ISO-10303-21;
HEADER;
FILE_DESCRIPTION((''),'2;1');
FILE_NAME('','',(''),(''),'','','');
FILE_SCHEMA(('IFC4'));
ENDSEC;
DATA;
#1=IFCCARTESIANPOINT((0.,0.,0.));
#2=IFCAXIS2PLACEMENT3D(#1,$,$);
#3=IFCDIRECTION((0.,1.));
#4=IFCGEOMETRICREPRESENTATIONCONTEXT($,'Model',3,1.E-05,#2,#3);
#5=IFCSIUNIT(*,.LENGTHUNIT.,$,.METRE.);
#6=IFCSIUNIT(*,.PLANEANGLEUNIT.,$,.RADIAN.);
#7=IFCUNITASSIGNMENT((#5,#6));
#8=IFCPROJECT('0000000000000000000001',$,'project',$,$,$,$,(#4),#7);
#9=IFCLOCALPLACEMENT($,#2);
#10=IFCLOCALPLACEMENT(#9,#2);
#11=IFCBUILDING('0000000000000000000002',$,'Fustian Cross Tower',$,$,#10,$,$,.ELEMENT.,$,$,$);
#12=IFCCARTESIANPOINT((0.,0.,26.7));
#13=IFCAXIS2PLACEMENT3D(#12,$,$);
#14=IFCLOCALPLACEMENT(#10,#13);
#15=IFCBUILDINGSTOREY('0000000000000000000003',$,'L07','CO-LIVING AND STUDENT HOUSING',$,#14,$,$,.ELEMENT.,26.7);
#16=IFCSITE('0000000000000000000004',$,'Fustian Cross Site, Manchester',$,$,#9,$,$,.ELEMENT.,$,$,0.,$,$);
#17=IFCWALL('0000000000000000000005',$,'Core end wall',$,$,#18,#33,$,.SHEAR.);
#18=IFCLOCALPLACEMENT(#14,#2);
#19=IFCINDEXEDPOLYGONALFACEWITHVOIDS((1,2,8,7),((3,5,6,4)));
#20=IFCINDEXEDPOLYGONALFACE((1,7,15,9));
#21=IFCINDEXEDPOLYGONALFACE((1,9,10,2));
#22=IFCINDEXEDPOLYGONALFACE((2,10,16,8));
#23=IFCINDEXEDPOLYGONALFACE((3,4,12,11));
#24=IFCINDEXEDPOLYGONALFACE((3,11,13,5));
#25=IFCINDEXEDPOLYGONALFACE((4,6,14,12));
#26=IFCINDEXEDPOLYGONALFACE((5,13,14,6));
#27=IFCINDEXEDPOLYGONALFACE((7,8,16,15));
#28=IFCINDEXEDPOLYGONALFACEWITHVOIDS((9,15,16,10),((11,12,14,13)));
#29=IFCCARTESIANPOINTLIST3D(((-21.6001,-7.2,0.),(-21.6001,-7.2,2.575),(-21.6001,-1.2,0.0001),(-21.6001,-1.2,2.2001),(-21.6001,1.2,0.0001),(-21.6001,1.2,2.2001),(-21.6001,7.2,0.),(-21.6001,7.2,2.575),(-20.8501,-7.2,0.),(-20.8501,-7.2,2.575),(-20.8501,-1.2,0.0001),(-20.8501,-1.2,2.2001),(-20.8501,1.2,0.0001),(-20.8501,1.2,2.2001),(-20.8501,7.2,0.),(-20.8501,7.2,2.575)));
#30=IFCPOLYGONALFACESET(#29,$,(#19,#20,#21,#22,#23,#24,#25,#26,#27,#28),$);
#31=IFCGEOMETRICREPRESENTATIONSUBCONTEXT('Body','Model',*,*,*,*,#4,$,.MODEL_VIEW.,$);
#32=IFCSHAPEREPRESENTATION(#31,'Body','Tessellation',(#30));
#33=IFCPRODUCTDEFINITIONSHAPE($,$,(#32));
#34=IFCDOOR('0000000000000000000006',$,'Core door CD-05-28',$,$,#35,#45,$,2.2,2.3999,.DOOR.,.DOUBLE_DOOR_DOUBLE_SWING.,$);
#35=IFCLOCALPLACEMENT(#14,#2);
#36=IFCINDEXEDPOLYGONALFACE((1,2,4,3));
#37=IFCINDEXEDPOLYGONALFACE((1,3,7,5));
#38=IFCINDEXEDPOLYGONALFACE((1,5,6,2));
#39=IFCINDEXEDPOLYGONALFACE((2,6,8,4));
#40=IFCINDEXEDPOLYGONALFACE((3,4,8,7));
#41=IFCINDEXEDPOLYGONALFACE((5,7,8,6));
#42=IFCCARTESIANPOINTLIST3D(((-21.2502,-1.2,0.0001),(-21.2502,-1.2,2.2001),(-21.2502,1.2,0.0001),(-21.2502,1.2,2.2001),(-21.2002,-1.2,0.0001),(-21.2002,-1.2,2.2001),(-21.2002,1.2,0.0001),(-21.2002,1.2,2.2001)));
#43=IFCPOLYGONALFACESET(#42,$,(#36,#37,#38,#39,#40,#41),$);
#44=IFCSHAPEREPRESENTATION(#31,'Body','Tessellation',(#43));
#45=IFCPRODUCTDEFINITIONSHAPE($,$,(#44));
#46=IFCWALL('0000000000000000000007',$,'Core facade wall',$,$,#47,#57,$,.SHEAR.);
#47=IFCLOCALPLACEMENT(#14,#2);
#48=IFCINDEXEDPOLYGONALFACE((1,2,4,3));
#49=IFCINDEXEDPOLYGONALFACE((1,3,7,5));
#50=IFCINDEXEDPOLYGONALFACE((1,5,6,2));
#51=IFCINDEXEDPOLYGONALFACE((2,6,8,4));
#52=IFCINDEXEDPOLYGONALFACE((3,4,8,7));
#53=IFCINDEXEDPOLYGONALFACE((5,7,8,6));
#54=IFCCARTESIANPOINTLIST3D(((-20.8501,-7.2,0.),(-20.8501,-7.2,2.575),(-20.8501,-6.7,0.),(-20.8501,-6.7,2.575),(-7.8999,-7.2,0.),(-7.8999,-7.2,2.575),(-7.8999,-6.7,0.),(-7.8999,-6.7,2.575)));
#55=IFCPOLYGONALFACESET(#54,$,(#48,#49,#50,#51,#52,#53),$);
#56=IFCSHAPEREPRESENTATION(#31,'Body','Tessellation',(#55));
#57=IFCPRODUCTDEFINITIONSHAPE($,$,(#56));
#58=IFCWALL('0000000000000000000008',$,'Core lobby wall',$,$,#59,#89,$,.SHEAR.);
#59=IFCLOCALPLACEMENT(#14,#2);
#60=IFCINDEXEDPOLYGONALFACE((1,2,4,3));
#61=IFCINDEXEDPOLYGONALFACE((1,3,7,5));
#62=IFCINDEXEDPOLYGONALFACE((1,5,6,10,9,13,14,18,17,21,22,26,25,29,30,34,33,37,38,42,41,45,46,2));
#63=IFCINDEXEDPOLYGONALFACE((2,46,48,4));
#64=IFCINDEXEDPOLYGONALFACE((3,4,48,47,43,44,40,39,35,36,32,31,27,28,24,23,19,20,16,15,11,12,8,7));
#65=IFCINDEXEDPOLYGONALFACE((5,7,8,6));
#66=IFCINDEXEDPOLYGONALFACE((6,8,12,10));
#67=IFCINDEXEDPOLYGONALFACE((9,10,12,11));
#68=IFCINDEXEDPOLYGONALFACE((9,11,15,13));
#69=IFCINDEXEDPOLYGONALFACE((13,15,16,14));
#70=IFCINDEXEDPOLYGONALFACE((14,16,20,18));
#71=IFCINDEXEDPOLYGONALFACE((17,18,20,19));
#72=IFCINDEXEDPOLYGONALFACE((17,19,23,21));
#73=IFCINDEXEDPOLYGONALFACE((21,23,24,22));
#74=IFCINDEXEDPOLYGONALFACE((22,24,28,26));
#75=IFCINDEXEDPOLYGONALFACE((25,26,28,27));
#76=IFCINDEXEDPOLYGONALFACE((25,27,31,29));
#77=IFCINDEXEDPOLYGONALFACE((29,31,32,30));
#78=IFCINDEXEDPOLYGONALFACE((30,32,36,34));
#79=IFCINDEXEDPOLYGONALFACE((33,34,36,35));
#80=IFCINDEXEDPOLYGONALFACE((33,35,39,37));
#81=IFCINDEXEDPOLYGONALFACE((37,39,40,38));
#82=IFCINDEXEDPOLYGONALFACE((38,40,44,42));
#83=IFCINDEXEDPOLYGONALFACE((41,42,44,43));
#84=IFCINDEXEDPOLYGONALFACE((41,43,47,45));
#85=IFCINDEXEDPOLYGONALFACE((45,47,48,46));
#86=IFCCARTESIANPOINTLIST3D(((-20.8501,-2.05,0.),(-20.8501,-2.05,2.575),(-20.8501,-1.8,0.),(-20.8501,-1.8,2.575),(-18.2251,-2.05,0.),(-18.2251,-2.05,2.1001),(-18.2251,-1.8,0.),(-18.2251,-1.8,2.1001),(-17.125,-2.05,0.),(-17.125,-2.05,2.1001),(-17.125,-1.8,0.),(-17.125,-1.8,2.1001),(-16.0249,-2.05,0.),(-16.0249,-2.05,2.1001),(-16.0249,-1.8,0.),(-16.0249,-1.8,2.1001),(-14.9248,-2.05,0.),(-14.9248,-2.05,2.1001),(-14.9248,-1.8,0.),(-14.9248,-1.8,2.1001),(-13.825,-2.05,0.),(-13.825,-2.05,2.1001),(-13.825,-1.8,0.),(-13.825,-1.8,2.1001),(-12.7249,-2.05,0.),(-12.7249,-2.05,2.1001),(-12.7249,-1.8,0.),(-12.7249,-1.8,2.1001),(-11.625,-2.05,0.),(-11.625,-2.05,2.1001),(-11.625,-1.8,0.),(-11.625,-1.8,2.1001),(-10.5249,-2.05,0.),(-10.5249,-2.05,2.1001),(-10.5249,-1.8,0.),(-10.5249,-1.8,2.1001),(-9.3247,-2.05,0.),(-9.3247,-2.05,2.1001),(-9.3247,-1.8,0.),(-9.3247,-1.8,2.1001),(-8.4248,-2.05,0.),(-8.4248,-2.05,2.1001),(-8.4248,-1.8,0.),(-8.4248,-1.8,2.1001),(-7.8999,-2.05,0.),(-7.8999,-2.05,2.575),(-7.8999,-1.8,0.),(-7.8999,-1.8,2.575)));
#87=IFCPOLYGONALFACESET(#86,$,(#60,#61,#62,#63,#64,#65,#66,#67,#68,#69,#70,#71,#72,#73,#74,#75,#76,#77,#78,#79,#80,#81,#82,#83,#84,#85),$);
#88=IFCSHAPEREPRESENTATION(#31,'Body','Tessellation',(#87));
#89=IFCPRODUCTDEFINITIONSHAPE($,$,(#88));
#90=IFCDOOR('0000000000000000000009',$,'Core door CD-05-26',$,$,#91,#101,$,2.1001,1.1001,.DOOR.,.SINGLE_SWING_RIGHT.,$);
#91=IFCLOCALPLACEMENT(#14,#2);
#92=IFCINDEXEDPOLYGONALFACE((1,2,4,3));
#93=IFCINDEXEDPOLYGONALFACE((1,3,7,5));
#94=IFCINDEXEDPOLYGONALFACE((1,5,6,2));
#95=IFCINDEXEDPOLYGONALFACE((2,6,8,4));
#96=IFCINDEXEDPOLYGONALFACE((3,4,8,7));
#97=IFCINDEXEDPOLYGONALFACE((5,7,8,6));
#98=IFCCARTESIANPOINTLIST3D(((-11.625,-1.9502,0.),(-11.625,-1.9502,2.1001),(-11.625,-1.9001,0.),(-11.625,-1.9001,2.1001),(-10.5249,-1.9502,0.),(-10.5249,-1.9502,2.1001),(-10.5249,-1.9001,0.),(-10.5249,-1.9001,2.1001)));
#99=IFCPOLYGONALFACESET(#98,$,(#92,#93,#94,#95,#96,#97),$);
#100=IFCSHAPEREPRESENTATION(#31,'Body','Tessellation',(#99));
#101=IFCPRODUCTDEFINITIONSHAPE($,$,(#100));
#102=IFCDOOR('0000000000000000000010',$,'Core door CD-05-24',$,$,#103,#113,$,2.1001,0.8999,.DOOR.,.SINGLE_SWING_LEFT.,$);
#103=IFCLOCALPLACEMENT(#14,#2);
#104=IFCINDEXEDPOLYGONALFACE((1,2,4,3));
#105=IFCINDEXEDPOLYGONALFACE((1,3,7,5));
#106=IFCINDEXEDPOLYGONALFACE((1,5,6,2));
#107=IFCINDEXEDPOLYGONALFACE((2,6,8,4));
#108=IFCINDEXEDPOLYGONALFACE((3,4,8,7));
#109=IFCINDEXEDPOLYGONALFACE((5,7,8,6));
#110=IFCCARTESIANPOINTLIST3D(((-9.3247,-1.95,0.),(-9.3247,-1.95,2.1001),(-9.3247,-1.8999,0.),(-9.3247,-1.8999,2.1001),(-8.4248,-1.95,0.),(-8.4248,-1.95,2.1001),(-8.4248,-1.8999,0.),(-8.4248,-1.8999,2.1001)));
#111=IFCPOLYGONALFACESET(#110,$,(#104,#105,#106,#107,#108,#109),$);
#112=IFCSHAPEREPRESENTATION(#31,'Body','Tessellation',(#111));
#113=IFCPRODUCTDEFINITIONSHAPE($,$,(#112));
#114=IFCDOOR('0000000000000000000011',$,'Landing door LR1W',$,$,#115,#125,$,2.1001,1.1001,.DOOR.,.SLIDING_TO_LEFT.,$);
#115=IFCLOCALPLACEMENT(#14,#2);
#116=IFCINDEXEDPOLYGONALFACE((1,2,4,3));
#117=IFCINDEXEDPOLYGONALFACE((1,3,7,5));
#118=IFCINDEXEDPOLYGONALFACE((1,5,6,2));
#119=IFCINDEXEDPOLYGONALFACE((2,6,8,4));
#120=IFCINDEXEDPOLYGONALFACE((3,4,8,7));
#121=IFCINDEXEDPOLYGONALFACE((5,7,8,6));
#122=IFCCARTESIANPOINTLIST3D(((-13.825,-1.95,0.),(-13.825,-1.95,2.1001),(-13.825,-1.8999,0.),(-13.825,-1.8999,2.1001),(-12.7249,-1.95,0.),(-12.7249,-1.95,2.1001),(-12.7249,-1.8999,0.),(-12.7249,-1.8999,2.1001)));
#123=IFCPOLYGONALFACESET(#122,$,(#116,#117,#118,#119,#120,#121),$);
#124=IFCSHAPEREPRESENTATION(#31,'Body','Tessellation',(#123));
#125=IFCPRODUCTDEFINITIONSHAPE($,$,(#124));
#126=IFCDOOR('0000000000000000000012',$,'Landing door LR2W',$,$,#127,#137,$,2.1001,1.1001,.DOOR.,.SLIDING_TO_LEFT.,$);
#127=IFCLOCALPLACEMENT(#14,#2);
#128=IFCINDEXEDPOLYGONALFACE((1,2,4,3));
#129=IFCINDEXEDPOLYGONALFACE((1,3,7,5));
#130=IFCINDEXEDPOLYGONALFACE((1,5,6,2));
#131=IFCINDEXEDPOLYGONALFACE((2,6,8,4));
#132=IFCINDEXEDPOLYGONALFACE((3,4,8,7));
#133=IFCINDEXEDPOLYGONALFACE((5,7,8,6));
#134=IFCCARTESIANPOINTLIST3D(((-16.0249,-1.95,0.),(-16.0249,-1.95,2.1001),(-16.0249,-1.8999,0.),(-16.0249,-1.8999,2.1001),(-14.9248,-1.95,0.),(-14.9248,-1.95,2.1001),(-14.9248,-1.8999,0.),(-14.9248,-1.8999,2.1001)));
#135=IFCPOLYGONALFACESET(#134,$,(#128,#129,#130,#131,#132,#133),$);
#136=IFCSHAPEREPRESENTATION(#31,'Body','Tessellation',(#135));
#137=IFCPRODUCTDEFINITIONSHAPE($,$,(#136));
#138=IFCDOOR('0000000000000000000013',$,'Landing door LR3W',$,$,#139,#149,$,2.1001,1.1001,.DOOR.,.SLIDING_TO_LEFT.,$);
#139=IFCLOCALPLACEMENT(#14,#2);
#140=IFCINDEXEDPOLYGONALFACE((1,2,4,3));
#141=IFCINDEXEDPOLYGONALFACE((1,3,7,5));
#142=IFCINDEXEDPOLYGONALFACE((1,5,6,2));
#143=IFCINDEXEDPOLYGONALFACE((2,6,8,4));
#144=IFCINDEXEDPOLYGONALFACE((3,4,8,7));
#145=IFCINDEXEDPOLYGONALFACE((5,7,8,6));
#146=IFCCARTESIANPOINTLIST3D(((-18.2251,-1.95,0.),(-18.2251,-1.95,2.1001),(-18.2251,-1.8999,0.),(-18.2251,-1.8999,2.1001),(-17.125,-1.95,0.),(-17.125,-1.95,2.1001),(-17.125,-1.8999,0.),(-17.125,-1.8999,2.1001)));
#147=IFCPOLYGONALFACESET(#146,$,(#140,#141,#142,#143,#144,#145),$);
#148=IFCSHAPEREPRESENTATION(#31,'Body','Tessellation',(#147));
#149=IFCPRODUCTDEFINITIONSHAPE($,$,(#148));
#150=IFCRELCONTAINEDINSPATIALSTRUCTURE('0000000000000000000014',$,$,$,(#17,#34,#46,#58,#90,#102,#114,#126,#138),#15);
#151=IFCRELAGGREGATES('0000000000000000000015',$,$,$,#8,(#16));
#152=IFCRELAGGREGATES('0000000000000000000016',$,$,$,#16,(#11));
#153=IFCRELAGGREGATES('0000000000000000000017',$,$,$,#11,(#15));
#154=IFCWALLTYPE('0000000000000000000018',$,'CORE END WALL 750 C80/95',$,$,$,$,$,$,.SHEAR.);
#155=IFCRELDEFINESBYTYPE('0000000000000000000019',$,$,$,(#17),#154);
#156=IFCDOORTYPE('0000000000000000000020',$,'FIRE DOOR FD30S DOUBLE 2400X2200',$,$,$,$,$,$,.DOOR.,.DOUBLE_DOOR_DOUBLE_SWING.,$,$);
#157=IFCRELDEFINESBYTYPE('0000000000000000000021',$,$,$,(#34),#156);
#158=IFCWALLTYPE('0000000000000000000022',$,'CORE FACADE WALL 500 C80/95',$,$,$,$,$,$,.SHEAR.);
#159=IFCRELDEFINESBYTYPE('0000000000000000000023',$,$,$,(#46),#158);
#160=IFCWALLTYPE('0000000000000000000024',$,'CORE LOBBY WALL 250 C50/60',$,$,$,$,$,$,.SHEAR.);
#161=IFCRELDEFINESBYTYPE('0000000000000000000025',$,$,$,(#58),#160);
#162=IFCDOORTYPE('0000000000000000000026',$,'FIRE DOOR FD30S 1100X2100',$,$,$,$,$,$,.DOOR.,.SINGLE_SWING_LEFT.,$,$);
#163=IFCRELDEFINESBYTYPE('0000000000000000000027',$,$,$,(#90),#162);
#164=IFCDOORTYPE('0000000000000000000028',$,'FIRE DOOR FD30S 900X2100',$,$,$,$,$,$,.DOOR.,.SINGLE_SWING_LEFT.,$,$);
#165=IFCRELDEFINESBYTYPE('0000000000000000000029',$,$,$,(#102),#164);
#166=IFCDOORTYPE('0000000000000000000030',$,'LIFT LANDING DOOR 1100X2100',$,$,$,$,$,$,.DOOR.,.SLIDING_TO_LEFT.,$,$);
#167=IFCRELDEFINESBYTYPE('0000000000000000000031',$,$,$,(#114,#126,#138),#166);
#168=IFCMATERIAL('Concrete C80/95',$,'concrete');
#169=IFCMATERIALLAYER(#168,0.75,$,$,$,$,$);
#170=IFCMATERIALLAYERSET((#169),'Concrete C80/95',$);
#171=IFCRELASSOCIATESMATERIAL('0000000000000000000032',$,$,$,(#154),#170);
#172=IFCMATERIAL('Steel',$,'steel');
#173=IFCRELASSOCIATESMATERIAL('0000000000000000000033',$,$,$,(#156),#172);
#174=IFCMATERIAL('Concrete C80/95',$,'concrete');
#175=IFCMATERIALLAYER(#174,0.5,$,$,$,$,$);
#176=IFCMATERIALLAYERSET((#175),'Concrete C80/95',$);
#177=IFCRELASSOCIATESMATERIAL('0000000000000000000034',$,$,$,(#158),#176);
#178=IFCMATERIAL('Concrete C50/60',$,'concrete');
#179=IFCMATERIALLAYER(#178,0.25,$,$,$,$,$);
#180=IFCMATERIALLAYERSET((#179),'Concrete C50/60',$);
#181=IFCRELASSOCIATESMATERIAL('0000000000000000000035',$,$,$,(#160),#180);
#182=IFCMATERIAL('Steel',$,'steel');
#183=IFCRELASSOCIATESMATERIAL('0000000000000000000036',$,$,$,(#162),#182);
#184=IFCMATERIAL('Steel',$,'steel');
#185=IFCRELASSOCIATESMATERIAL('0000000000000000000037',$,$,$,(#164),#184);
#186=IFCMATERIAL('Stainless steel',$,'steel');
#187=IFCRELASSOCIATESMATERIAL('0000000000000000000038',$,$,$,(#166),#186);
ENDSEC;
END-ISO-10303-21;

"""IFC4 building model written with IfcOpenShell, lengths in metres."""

from ifc_helpers import new_model, si_unit, direction, frame, frame_2d, origin, place, context, subcontext, project, spatial, rectangle, extrude, material, layer, layer_set, type_object, element, fill, save


model = new_model("IFC4")

# Units and contexts
model_context = context("Model", 3, precision=1e-05, world=origin(), true_north=direction((0.0, 1.0)))
body_context = subcontext(model_context, "Body", "Model", "MODEL_VIEW")
ifc_project = project(units=[si_unit("LENGTHUNIT", "METRE"), si_unit("PLANEANGLEUNIT", "RADIAN")], contexts=[model_context])

# Site, building, storey
site_placement = place(None, origin())
site = spatial("IfcSite", under=ifc_project, at=site_placement, Name="Fustian Cross Site, Manchester", CompositionType="ELEMENT", RefElevation=0.0)
building_placement = place(site_placement, origin())
building = spatial("IfcBuilding", under=site, at=building_placement, Name="Fustian Cross Tower", CompositionType="ELEMENT")
storey_placement = place(building_placement, frame((0.0, 0.0, 26.7)))
storey = spatial("IfcBuildingStorey", under=building, at=storey_placement, Name="L07", Description="CO-LIVING AND STUDENT HOUSING", CompositionType="ELEMENT", Elevation=26.7)

# Wall, opening, door
ifc_material_1 = material(Name="Concrete C80/95", Category="concrete")
ifc_layer_1 = layer(ifc_material_1, 0.75)
ifc_layer_set_1 = layer_set([ifc_layer_1], Name="Concrete C80/95")
wall_type_1 = type_object("IfcWallType", Name="CORE END WALL 750 C80/95", PredefinedType="SHEAR", material=ifc_layer_set_1)
wall_1_placement = place(storey_placement, frame((-21.2251, -7.2, 0.0), z_axis=(0.0, 0.0, 1.0), x_axis=(0.0, 1.0, 0.0)))
wall_1 = element("IfcWall", 1, at=wall_1_placement, inside=storey, type_object=wall_type_1, Name="Core end wall", PredefinedType="SHEAR", context=body_context, shape_type="SweptSolid", body=[
    extrude(rectangle(XDim=14.3999, YDim=0.75, at=frame_2d((7.2, 0.0))), origin(), (0.0, 0.0, 1.0), 2.575),
])
opening_1_placement = place(wall_1_placement, frame((6.0, 0.0, 0.0)))
opening_1 = element("IfcOpeningElement", 2, at=opening_1_placement, cuts=wall_1, PredefinedType="OPENING", context=body_context, shape_type="SweptSolid", body=[
    extrude(rectangle(XDim=2.3999, YDim=2.2, at=frame_2d((1.2, 1.1001))), frame((0.0, 0.385, 0.0), z_axis=(0.0, -1.0, 0.0), x_axis=(1.0, 0.0, 0.0)), (0.0, 0.0, 1.0), 0.77),
])
ifc_material_2 = material(Name="Steel", Category="steel")
door_type_1 = type_object("IfcDoorType", Name="FIRE DOOR FD30S DOUBLE 2400X2200", OperationType="DOUBLE_DOOR_DOUBLE_SWING", PredefinedType="DOOR", material=ifc_material_2)
door_1_placement = place(opening_1_placement, frame((2.3999, 0.0, 0.0), z_axis=(0.0, 0.0, 1.0), x_axis=(-1.0, 0.0, 0.0)))
door_1 = element("IfcDoor", 3, at=door_1_placement, inside=storey, type_object=door_type_1, Name="Core door CD-05-28", OperationType="DOUBLE_DOOR_DOUBLE_SWING", OverallHeight=2.2, OverallWidth=2.3999, PredefinedType="DOOR", context=body_context, shape_type="SweptSolid", body=[
    extrude(rectangle(XDim=2.3999, YDim=2.2, at=frame_2d((1.2, 1.1001))), frame((0.0, 0.0249, 0.0), z_axis=(0.0, -1.0, 0.0), x_axis=(1.0, 0.0, 0.0)), (0.0, 0.0, 1.0), 0.05),
])
fill(opening_1, door_1)

# Wall
ifc_material_3 = material(Name="Concrete C80/95", Category="concrete")
ifc_layer_2 = layer(ifc_material_3, 0.5)
ifc_layer_set_2 = layer_set([ifc_layer_2], Name="Concrete C80/95")
wall_type_2 = type_object("IfcWallType", Name="CORE FACADE WALL 500 C80/95", PredefinedType="SHEAR", material=ifc_layer_set_2)
wall_2_placement = place(storey_placement, frame((-7.8999, -6.95, 0.0), z_axis=(0.0, 0.0, 1.0), x_axis=(-1.0, 0.0, 0.0)))
element("IfcWall", 4, at=wall_2_placement, inside=storey, type_object=wall_type_2, Name="Core facade wall", PredefinedType="SHEAR", context=body_context, shape_type="SweptSolid", body=[
    extrude(rectangle(XDim=12.9502, YDim=0.5, at=frame_2d((6.4751, 0.0))), origin(), (0.0, 0.0, 1.0), 2.575),
])

# Wall, openings, doors
ifc_material_4 = material(Name="Concrete C50/60", Category="concrete")
ifc_layer_3 = layer(ifc_material_4, 0.25)
ifc_layer_set_3 = layer_set([ifc_layer_3], Name="Concrete C50/60")
wall_type_3 = type_object("IfcWallType", Name="CORE LOBBY WALL 250 C50/60", PredefinedType="SHEAR", material=ifc_layer_set_3)
wall_3_placement = place(storey_placement, frame((-7.8999, -1.925, 0.0), z_axis=(0.0, 0.0, 1.0), x_axis=(-1.0, 0.0, 0.0)))
wall_3 = element("IfcWall", 5, at=wall_3_placement, inside=storey, type_object=wall_type_3, Name="Core lobby wall", PredefinedType="SHEAR", context=body_context, shape_type="SweptSolid", body=[
    extrude(rectangle(XDim=12.9502, YDim=0.25, at=frame_2d((6.4751, 0.0))), origin(), (0.0, 0.0, 1.0), 2.575),
])
opening_2_placement = place(wall_3_placement, frame((4.825, 0.0, 0.0)))
opening_2 = element("IfcOpeningElement", 6, at=opening_2_placement, cuts=wall_3, PredefinedType="OPENING", context=body_context, shape_type="SweptSolid", body=[
    extrude(rectangle(XDim=1.1001, YDim=2.1001, at=frame_2d((0.55, 1.05))), frame((0.0, 0.135, 0.0), z_axis=(0.0, -1.0, 0.0), x_axis=(1.0, 0.0, 0.0)), (0.0, 0.0, 1.0), 0.27),
])
opening_3_placement = place(wall_3_placement, frame((7.0249, 0.0, 0.0)))
opening_3 = element("IfcOpeningElement", 7, at=opening_3_placement, cuts=wall_3, PredefinedType="OPENING", context=body_context, shape_type="SweptSolid", body=[
    extrude(rectangle(XDim=1.1001, YDim=2.1001, at=frame_2d((0.55, 1.05))), frame((0.0, 0.135, 0.0), z_axis=(0.0, -1.0, 0.0), x_axis=(1.0, 0.0, 0.0)), (0.0, 0.0, 1.0), 0.27),
])
opening_4_placement = place(wall_3_placement, frame((9.2251, 0.0, 0.0)))
opening_4 = element("IfcOpeningElement", 8, at=opening_4_placement, cuts=wall_3, PredefinedType="OPENING", context=body_context, shape_type="SweptSolid", body=[
    extrude(rectangle(XDim=1.1001, YDim=2.1001, at=frame_2d((0.55, 1.05))), frame((0.0, 0.135, 0.0), z_axis=(0.0, -1.0, 0.0), x_axis=(1.0, 0.0, 0.0)), (0.0, 0.0, 1.0), 0.27),
])
opening_5_placement = place(wall_3_placement, frame((0.5249, 0.0, 0.0)))
opening_5 = element("IfcOpeningElement", 9, at=opening_5_placement, cuts=wall_3, PredefinedType="OPENING", context=body_context, shape_type="SweptSolid", body=[
    extrude(rectangle(XDim=0.8999, YDim=2.1001, at=frame_2d((0.45, 1.05))), frame((0.0, 0.135, 0.0), z_axis=(0.0, -1.0, 0.0), x_axis=(1.0, 0.0, 0.0)), (0.0, 0.0, 1.0), 0.27),
])
opening_6_placement = place(wall_3_placement, frame((2.625, 0.0, 0.0)))
opening_6 = element("IfcOpeningElement", 10, at=opening_6_placement, cuts=wall_3, PredefinedType="OPENING", context=body_context, shape_type="SweptSolid", body=[
    extrude(rectangle(XDim=1.1001, YDim=2.1001, at=frame_2d((0.55, 1.05))), frame((0.0, 0.135, 0.0), z_axis=(0.0, -1.0, 0.0), x_axis=(1.0, 0.0, 0.0)), (0.0, 0.0, 1.0), 0.27),
])
ifc_material_5 = material(Name="Steel", Category="steel")
door_type_2 = type_object("IfcDoorType", Name="FIRE DOOR FD30S 1100X2100", OperationType="SINGLE_SWING_LEFT", PredefinedType="DOOR", material=ifc_material_5)
door_2_placement = place(opening_6_placement, frame((1.1001, 0.0, 0.0), z_axis=(0.0, 0.0, 1.0), x_axis=(-1.0, 0.0, 0.0)))
door_2 = element("IfcDoor", 11, at=door_2_placement, inside=storey, type_object=door_type_2, Name="Core door CD-05-26", OperationType="SINGLE_SWING_RIGHT", OverallHeight=2.1001, OverallWidth=1.1001, PredefinedType="DOOR", context=body_context, shape_type="SweptSolid", body=[
    extrude(rectangle(XDim=1.1001, YDim=2.1001, at=frame_2d((0.55, 1.05))), frame((0.0, 0.0249, 0.0), z_axis=(0.0, -1.0, 0.0), x_axis=(1.0, 0.0, 0.0)), (0.0, 0.0, 1.0), 0.05),
])
fill(opening_6, door_2)
ifc_material_6 = material(Name="Steel", Category="steel")
door_type_3 = type_object("IfcDoorType", Name="FIRE DOOR FD30S 900X2100", OperationType="SINGLE_SWING_LEFT", PredefinedType="DOOR", material=ifc_material_6)
door_3_placement = place(opening_5_placement, origin())
door_3 = element("IfcDoor", 12, at=door_3_placement, inside=storey, type_object=door_type_3, Name="Core door CD-05-24", OperationType="SINGLE_SWING_LEFT", OverallHeight=2.1001, OverallWidth=0.8999, PredefinedType="DOOR", context=body_context, shape_type="SweptSolid", body=[
    extrude(rectangle(XDim=0.8999, YDim=2.1001, at=frame_2d((0.45, 1.05))), frame((0.0, 0.0249, 0.0), z_axis=(0.0, -1.0, 0.0), x_axis=(1.0, 0.0, 0.0)), (0.0, 0.0, 1.0), 0.05),
])
fill(opening_5, door_3)
ifc_material_7 = material(Name="Stainless steel", Category="steel")
door_type_4 = type_object("IfcDoorType", Name="LIFT LANDING DOOR 1100X2100", OperationType="SLIDING_TO_LEFT", PredefinedType="DOOR", material=ifc_material_7)
door_4_placement = place(opening_2_placement, origin())
door_4 = element("IfcDoor", 13, at=door_4_placement, inside=storey, type_object=door_type_4, Name="Landing door LR1W", OperationType="SLIDING_TO_LEFT", OverallHeight=2.1001, OverallWidth=1.1001, PredefinedType="DOOR", context=body_context, shape_type="SweptSolid", body=[
    extrude(rectangle(XDim=1.1001, YDim=2.1001, at=frame_2d((0.55, 1.05))), frame((0.0, 0.0249, 0.0), z_axis=(0.0, -1.0, 0.0), x_axis=(1.0, 0.0, 0.0)), (0.0, 0.0, 1.0), 0.05),
])
fill(opening_2, door_4)
door_5_placement = place(opening_3_placement, origin())
door_5 = element("IfcDoor", 14, at=door_5_placement, inside=storey, type_object=door_type_4, Name="Landing door LR2W", OperationType="SLIDING_TO_LEFT", OverallHeight=2.1001, OverallWidth=1.1001, PredefinedType="DOOR", context=body_context, shape_type="SweptSolid", body=[
    extrude(rectangle(XDim=1.1001, YDim=2.1001, at=frame_2d((0.55, 1.05))), frame((0.0, 0.0249, 0.0), z_axis=(0.0, -1.0, 0.0), x_axis=(1.0, 0.0, 0.0)), (0.0, 0.0, 1.0), 0.05),
])
fill(opening_3, door_5)
door_6_placement = place(opening_4_placement, origin())
door_6 = element("IfcDoor", 15, at=door_6_placement, inside=storey, type_object=door_type_4, Name="Landing door LR3W", OperationType="SLIDING_TO_LEFT", OverallHeight=2.1001, OverallWidth=1.1001, PredefinedType="DOOR", context=body_context, shape_type="SweptSolid", body=[
    extrude(rectangle(XDim=1.1001, YDim=2.1001, at=frame_2d((0.55, 1.05))), frame((0.0, 0.0249, 0.0), z_axis=(0.0, -1.0, 0.0), x_axis=(1.0, 0.0, 0.0)), (0.0, 0.0, 1.0), 0.05),
])
fill(opening_4, door_6)

save(model, "model.ifc")
